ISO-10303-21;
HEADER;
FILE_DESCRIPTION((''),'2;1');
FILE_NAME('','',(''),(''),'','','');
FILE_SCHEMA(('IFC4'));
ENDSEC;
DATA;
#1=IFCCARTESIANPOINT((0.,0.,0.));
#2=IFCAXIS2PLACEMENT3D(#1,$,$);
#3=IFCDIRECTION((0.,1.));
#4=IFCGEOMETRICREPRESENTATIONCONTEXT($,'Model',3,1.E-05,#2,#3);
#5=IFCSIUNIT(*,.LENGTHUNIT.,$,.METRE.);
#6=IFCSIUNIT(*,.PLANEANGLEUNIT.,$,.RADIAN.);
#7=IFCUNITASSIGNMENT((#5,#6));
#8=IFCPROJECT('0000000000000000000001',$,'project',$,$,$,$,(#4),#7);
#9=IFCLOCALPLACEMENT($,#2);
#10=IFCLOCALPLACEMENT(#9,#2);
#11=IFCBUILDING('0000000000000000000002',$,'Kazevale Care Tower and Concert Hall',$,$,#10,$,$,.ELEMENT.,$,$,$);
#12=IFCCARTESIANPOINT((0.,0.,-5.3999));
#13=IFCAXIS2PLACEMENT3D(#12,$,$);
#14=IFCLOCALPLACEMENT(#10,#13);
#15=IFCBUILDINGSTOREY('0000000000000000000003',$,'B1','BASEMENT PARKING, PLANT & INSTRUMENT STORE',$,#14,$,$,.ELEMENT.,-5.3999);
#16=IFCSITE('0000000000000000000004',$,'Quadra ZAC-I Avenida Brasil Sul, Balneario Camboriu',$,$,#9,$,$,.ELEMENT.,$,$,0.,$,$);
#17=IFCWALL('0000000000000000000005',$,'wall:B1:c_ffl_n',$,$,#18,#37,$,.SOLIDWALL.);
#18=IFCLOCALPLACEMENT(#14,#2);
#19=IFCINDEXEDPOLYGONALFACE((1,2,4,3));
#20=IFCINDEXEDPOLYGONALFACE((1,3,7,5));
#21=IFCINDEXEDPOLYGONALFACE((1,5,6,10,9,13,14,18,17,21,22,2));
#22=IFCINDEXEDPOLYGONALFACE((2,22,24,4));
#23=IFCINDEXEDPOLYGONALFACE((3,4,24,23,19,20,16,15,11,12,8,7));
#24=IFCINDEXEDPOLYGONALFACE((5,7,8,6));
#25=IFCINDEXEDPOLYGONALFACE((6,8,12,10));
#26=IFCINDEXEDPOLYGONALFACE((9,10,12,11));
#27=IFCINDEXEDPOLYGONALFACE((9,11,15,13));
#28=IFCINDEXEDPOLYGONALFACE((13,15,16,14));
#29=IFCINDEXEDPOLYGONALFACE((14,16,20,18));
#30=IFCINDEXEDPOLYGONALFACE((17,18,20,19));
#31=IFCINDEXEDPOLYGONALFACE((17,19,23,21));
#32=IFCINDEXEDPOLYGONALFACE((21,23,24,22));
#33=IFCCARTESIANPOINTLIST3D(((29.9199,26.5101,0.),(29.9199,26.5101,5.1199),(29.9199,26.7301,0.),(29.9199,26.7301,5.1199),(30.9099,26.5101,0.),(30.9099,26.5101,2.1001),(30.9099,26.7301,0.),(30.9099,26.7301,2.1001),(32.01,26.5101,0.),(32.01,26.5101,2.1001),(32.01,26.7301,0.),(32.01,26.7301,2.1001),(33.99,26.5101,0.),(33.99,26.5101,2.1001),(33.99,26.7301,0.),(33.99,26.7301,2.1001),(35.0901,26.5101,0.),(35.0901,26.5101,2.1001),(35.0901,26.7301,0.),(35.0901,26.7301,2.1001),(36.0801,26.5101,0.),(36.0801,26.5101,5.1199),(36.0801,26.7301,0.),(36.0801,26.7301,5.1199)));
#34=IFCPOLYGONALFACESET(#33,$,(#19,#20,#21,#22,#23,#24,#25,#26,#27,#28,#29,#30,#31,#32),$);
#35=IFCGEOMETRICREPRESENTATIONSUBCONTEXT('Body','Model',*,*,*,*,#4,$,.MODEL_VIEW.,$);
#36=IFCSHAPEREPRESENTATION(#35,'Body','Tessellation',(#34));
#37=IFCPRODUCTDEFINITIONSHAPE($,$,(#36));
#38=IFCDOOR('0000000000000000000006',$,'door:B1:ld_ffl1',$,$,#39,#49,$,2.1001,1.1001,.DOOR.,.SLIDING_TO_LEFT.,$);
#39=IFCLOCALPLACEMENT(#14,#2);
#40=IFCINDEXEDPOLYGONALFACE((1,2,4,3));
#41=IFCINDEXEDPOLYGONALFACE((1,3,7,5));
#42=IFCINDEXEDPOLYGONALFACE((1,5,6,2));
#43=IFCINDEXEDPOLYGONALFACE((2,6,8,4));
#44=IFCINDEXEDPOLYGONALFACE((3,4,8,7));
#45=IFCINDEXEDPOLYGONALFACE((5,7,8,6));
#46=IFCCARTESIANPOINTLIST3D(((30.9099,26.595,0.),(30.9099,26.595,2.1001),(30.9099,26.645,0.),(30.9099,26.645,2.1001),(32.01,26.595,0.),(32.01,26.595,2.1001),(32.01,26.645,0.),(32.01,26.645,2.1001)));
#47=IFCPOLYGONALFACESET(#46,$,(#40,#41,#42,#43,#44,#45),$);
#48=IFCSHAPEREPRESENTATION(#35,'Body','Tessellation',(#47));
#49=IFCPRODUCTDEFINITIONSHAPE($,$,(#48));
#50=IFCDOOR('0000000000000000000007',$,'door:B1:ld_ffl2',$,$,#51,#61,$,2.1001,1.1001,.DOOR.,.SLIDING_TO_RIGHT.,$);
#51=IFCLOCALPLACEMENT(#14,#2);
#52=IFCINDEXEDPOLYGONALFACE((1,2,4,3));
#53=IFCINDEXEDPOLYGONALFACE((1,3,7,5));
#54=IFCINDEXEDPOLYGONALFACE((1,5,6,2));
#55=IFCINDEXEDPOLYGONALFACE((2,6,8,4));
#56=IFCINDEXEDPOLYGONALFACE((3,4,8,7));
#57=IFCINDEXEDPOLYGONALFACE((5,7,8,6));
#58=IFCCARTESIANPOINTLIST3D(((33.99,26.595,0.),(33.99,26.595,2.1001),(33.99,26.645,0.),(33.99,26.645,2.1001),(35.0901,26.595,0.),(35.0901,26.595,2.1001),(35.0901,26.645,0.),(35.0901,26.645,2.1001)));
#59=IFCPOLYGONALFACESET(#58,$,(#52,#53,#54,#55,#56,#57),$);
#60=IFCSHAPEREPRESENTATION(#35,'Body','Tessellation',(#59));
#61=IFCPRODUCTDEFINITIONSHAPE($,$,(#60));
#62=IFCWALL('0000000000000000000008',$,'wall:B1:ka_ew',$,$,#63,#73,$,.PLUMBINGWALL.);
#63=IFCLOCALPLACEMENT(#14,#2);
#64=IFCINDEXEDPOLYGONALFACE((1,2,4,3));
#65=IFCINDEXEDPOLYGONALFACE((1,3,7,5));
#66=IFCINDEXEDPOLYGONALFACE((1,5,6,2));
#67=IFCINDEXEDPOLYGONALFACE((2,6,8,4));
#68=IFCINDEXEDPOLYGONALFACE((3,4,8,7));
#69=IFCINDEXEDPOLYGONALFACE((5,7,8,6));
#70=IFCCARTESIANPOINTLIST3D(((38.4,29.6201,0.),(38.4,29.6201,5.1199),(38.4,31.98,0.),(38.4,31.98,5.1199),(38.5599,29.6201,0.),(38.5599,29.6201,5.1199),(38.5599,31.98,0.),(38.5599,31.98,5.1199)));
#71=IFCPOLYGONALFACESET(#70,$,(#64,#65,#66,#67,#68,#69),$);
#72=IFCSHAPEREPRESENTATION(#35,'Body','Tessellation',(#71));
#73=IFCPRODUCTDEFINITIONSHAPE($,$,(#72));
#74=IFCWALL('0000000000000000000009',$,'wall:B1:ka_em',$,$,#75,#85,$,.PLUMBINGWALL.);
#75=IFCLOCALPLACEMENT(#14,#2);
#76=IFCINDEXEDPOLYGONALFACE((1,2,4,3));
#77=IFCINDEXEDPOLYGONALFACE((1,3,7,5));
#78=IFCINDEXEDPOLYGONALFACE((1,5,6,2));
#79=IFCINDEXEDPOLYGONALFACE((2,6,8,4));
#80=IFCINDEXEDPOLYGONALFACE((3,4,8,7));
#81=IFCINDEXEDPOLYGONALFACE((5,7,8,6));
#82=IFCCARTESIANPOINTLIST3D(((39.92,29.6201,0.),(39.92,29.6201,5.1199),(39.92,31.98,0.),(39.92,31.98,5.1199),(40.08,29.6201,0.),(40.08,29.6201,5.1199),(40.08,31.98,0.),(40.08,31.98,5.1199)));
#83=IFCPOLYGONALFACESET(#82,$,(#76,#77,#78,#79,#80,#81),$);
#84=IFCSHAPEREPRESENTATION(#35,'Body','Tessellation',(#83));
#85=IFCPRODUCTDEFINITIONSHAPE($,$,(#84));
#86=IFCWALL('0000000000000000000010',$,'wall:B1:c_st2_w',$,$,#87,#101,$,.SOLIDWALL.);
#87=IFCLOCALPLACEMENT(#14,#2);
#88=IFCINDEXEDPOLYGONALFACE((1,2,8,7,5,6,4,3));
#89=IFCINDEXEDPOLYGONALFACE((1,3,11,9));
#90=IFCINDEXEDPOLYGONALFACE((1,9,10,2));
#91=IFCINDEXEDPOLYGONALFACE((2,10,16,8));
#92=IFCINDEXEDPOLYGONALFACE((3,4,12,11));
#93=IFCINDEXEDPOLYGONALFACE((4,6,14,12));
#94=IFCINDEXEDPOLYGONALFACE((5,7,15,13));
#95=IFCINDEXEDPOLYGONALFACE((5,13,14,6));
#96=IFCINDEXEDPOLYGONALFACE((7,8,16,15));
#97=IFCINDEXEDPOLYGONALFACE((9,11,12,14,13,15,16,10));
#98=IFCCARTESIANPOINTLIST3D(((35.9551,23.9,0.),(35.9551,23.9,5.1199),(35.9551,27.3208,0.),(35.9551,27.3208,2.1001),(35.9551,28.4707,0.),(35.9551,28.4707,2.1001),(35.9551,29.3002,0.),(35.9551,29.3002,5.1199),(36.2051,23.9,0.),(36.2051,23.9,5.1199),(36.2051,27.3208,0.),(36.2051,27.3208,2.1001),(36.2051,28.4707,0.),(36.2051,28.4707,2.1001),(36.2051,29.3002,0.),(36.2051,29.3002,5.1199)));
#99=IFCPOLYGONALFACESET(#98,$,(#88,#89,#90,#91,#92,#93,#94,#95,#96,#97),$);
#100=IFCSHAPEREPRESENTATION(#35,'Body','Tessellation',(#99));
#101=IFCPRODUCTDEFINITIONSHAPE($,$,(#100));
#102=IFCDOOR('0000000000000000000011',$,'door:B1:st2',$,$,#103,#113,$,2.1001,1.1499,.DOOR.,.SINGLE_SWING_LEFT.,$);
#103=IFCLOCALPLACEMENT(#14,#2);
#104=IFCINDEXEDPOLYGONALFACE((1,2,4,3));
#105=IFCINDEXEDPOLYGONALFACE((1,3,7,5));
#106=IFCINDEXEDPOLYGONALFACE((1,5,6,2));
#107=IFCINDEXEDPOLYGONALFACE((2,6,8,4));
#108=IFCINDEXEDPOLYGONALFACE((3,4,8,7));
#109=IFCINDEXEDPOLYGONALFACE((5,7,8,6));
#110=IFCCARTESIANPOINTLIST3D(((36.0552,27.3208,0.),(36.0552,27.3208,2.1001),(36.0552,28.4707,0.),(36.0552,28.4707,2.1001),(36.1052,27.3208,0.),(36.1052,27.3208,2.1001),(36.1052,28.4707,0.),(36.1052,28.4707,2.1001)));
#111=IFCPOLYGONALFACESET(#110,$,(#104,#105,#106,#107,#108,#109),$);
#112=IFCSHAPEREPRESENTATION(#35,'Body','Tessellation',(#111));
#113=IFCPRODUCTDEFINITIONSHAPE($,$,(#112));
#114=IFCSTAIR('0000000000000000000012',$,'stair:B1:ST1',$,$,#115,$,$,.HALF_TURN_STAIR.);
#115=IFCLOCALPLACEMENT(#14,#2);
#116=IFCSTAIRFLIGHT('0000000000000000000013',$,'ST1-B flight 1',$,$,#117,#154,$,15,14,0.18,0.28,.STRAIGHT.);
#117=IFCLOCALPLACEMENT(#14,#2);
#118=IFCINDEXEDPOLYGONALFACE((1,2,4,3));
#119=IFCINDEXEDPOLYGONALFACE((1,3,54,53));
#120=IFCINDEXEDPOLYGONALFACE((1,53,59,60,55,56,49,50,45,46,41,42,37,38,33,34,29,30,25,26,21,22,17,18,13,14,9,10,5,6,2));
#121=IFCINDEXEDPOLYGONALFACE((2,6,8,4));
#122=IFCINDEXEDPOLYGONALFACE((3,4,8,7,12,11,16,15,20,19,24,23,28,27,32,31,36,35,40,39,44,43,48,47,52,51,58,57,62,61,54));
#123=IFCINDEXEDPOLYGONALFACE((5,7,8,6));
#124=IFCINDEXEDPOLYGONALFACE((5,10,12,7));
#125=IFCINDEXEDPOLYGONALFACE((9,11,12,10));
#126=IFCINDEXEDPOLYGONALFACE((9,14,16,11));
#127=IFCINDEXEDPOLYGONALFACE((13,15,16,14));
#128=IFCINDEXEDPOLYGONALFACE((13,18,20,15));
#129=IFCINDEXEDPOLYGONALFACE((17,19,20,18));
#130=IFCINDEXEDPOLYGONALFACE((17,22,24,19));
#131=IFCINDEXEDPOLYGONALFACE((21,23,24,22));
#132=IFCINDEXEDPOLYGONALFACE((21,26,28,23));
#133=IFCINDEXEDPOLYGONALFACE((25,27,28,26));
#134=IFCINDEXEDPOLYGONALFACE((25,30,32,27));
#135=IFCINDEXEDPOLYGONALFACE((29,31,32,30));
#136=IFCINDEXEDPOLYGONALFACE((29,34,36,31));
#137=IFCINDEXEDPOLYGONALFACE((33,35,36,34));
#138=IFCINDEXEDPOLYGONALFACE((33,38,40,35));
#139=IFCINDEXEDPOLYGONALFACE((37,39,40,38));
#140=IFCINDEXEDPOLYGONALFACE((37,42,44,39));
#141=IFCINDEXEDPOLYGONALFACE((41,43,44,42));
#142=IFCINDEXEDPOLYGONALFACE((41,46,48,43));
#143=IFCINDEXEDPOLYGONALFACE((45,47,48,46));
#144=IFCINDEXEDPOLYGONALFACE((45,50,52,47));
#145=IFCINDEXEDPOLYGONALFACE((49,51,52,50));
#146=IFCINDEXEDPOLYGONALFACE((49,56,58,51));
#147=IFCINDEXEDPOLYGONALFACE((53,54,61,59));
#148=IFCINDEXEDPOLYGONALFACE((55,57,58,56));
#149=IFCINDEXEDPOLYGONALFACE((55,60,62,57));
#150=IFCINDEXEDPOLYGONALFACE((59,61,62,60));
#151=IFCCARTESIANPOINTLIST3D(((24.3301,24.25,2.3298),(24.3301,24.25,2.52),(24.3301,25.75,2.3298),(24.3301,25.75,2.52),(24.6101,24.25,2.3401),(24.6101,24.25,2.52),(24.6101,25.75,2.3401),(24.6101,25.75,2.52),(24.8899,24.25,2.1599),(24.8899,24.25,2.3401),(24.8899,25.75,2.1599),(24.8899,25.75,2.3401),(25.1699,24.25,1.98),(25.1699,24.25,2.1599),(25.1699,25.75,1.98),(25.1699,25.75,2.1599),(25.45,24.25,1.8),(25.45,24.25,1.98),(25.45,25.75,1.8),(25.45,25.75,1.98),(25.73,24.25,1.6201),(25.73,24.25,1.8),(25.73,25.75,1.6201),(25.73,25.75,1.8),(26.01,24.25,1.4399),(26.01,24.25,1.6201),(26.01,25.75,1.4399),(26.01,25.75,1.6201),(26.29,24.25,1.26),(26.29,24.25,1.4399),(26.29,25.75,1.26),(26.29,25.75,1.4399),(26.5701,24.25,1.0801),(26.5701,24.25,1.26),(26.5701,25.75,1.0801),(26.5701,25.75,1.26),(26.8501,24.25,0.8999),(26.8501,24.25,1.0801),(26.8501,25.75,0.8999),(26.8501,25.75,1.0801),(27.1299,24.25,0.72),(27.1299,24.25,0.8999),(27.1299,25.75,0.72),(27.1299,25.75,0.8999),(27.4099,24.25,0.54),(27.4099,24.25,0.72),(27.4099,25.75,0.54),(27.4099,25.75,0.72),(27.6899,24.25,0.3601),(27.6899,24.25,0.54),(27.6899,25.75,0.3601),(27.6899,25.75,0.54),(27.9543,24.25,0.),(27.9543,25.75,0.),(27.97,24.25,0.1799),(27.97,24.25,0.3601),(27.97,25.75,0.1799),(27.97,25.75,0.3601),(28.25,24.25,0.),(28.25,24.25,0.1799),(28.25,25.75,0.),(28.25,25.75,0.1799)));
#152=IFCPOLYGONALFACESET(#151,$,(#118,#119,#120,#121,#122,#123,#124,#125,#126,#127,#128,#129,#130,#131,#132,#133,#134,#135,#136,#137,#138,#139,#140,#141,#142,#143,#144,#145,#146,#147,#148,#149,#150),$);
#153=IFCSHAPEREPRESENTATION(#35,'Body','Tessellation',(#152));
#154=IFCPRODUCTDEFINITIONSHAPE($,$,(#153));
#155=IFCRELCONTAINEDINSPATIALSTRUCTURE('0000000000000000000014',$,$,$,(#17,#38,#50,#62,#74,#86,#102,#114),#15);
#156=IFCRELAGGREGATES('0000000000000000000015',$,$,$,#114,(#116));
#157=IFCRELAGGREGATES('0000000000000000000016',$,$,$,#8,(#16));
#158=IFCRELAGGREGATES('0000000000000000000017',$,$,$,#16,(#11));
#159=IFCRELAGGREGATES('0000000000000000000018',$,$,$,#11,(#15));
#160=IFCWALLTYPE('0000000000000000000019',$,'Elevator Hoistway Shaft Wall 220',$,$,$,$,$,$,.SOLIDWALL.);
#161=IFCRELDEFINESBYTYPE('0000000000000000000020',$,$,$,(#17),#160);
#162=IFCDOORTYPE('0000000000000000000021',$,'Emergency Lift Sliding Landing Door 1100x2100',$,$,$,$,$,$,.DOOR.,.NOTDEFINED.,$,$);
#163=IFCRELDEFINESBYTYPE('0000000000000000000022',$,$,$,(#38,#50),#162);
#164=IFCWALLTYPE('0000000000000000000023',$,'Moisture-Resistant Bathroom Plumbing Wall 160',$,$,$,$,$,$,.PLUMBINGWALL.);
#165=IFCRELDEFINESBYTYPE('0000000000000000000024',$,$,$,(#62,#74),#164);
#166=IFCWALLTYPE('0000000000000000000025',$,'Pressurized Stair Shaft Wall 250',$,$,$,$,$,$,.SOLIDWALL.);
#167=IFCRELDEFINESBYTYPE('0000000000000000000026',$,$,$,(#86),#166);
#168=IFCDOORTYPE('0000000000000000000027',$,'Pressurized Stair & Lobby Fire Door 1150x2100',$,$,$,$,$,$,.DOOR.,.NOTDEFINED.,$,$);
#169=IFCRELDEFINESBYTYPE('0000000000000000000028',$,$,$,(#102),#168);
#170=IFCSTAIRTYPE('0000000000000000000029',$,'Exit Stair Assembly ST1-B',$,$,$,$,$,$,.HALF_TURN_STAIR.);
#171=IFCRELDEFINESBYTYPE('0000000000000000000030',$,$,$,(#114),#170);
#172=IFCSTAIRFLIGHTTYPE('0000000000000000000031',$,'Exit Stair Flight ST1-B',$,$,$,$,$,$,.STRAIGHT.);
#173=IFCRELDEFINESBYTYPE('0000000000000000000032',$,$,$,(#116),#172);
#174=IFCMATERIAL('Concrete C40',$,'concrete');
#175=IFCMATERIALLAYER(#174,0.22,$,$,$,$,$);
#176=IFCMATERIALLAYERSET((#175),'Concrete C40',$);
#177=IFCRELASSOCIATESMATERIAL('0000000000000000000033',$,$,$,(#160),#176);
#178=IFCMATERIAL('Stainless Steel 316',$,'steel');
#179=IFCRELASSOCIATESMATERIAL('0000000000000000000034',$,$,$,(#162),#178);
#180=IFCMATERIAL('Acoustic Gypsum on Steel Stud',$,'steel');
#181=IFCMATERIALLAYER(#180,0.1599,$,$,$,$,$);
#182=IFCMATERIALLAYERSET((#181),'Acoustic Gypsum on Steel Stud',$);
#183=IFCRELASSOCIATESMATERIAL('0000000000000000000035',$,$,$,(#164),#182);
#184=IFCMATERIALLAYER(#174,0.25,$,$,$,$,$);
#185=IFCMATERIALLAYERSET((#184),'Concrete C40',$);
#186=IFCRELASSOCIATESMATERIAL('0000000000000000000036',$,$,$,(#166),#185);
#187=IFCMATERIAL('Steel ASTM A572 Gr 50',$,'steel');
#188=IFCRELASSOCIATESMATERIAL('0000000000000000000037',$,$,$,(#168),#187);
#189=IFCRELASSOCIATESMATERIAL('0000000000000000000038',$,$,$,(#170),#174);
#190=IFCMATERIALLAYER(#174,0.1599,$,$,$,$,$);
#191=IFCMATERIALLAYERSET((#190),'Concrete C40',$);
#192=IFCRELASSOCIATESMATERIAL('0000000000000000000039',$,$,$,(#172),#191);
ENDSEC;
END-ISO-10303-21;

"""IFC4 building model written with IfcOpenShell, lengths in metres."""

from ifc_helpers import new_model, si_unit, direction, frame, frame_2d, origin, place, context, subcontext, project, spatial, polyline, rectangle, outline, extrude, material, layer, layer_set, type_object, element, fill, aggregate, save


model = new_model("IFC4")

# Units and contexts
model_context = context("Model", 3, precision=1e-05, world=origin(), true_north=direction((0.0, 1.0)))
body_context = subcontext(model_context, "Body", "Model", "MODEL_VIEW")
ifc_project = project(units=[si_unit("LENGTHUNIT", "METRE"), si_unit("PLANEANGLEUNIT", "RADIAN")], contexts=[model_context])

# Site, building, storey
site_placement = place(None, origin())
site = spatial("IfcSite", under=ifc_project, at=site_placement, Name="Quadra ZAC-I Avenida Brasil Sul, Balneario Camboriu", CompositionType="ELEMENT", RefElevation=0.0)
building_placement = place(site_placement, origin())
building = spatial("IfcBuilding", under=site, at=building_placement, Name="Kazevale Care Tower and Concert Hall", CompositionType="ELEMENT")
storey_placement = place(building_placement, frame((0.0, 0.0, -5.3999)))
storey = spatial("IfcBuildingStorey", under=building, at=storey_placement, Name="B1", Description="BASEMENT PARKING, PLANT & INSTRUMENT STORE", CompositionType="ELEMENT", Elevation=-5.3999)

# Shared definitions
ifc_material_1 = material(Name="Acoustic Gypsum on Steel Stud", Category="steel")

# Wall, openings, doors
ifc_material_2 = material(Name="Concrete C40", Category="concrete")
ifc_layer_1 = layer(ifc_material_2, 0.22)
ifc_layer_set_1 = layer_set([ifc_layer_1], Name="Concrete C40")
wall_type_1 = type_object("IfcWallType", Name="Elevator Hoistway Shaft Wall 220", PredefinedType="SOLIDWALL", material=ifc_layer_set_1)
wall_1_placement = place(storey_placement, frame((29.9199, 26.6201, 0.0), z_axis=(0.0, 0.0, 1.0), x_axis=(1.0, 0.0, 0.0)))
wall_1 = element("IfcWall", 1, at=wall_1_placement, inside=storey, type_object=wall_type_1, Name="wall:B1:c_ffl_n", PredefinedType="SOLIDWALL", context=body_context, shape_type="SweptSolid", body=[
    extrude(rectangle(XDim=6.1602, YDim=0.22, at=frame_2d((3.0801, 0.0))), origin(), (0.0, 0.0, 1.0), 5.1199),
])
opening_1_placement = place(wall_1_placement, frame((0.99, 0.0, 0.0)))
opening_1 = element("IfcOpeningElement", 2, at=opening_1_placement, cuts=wall_1, PredefinedType="OPENING", context=body_context, shape_type="SweptSolid", body=[
    extrude(rectangle(XDim=1.1001, YDim=2.1001, at=frame_2d((0.55, 1.05))), frame((0.0, 0.1199, 0.0), z_axis=(0.0, -1.0, 0.0), x_axis=(1.0, 0.0, 0.0)), (0.0, 0.0, 1.0), 0.24),
])
opening_2_placement = place(wall_1_placement, frame((4.0701, 0.0, 0.0)))
opening_2 = element("IfcOpeningElement", 3, at=opening_2_placement, cuts=wall_1, PredefinedType="OPENING", context=body_context, shape_type="SweptSolid", body=[
    extrude(rectangle(XDim=1.1001, YDim=2.1001, at=frame_2d((0.55, 1.05))), frame((0.0, 0.1199, 0.0), z_axis=(0.0, -1.0, 0.0), x_axis=(1.0, 0.0, 0.0)), (0.0, 0.0, 1.0), 0.24),
])
ifc_material_3 = material(Name="Stainless Steel 316", Category="steel")
door_type_1 = type_object("IfcDoorType", Name="Emergency Lift Sliding Landing Door 1100x2100", OperationType="NOTDEFINED", PredefinedType="DOOR", material=ifc_material_3)
door_1_placement = place(opening_1_placement, origin())
door_1 = element("IfcDoor", 4, at=door_1_placement, inside=storey, type_object=door_type_1, Name="door:B1:ld_ffl1", OperationType="SLIDING_TO_LEFT", OverallHeight=2.1001, OverallWidth=1.1001, PredefinedType="DOOR", context=body_context, shape_type="SweptSolid", body=[
    extrude(rectangle(XDim=1.1001, YDim=2.1001, at=frame_2d((0.55, 1.05))), frame((0.0, 0.0249, 0.0), z_axis=(0.0, -1.0, 0.0), x_axis=(1.0, 0.0, 0.0)), (0.0, 0.0, 1.0), 0.05),
])
fill(opening_1, door_1)
door_2_placement = place(opening_2_placement, origin())
door_2 = element("IfcDoor", 5, at=door_2_placement, inside=storey, type_object=door_type_1, Name="door:B1:ld_ffl2", OperationType="SLIDING_TO_RIGHT", OverallHeight=2.1001, OverallWidth=1.1001, PredefinedType="DOOR", context=body_context, shape_type="SweptSolid", body=[
    extrude(rectangle(XDim=1.1001, YDim=2.1001, at=frame_2d((0.55, 1.05))), frame((0.0, 0.0249, 0.0), z_axis=(0.0, -1.0, 0.0), x_axis=(1.0, 0.0, 0.0)), (0.0, 0.0, 1.0), 0.05),
])
fill(opening_2, door_2)

# Walls
ifc_layer_2 = layer(ifc_material_1, 0.1599)
ifc_layer_set_2 = layer_set([ifc_layer_2], Name="Acoustic Gypsum on Steel Stud")
wall_type_2 = type_object("IfcWallType", Name="Moisture-Resistant Bathroom Plumbing Wall 160", PredefinedType="PLUMBINGWALL", material=ifc_layer_set_2)
for number, where, z_axis, x_axis, name in (
    (6, (38.48, 29.6201, 0.0), (0.0, 0.0, 1.0), (0.0, 1.0, 0.0), "wall:B1:ka_ew"),
    (7, (40.0, 29.6201, 0.0), (0.0, 0.0, 1.0), (0.0, 1.0, 0.0), "wall:B1:ka_em"),
):
    element("IfcWall", number, at=place(storey_placement, frame(where, z_axis=z_axis, x_axis=x_axis)), inside=storey, type_object=wall_type_2, Name=name, PredefinedType="PLUMBINGWALL", context=body_context, shape_type="SweptSolid", body=[
        extrude(rectangle(XDim=2.3599, YDim=0.1599, at=frame_2d((1.1799, 0.0))), origin(), (0.0, 0.0, 1.0), 5.1199),
    ])

# Wall, opening, door
ifc_layer_3 = layer(ifc_material_2, 0.25)
ifc_layer_set_3 = layer_set([ifc_layer_3], Name="Concrete C40")
wall_type_3 = type_object("IfcWallType", Name="Pressurized Stair Shaft Wall 250", PredefinedType="SOLIDWALL", material=ifc_layer_set_3)
wall_2_placement = place(storey_placement, frame((36.0801, 23.8999, 0.0), z_axis=(0.0, 0.0, 1.0), x_axis=(0.0, 1.0, 0.0)))
wall_2 = element("IfcWall", 8, at=wall_2_placement, inside=storey, type_object=wall_type_3, Name="wall:B1:c_st2_w", PredefinedType="SOLIDWALL", context=body_context, shape_type="SweptSolid", body=[
    extrude(rectangle(XDim=5.4001, YDim=0.25, at=frame_2d((2.7002, 0.0))), origin(), (0.0, 0.0, 1.0), 5.1199),
])
opening_3_placement = place(wall_2_placement, frame((3.4209, 0.0, 0.0)))
opening_3 = element("IfcOpeningElement", 9, at=opening_3_placement, cuts=wall_2, PredefinedType="OPENING", context=body_context, shape_type="SweptSolid", body=[
    extrude(rectangle(XDim=1.1499, YDim=2.1001, at=frame_2d((0.575, 1.05))), frame((0.0, 0.135, 0.0), z_axis=(0.0, -1.0, 0.0), x_axis=(1.0, 0.0, 0.0)), (0.0, 0.0, 1.0), 0.27),
])
ifc_material_4 = material(Name="Steel ASTM A572 Gr 50", Category="steel")
door_type_2 = type_object("IfcDoorType", Name="Pressurized Stair & Lobby Fire Door 1150x2100", OperationType="NOTDEFINED", PredefinedType="DOOR", material=ifc_material_4)
door_3_placement = place(opening_3_placement, origin())
door_3 = element("IfcDoor", 10, at=door_3_placement, inside=storey, type_object=door_type_2, Name="door:B1:st2", OperationType="SINGLE_SWING_LEFT", OverallHeight=2.1001, OverallWidth=1.1499, PredefinedType="DOOR", context=body_context, shape_type="SweptSolid", body=[
    extrude(rectangle(XDim=1.1499, YDim=2.1001, at=frame_2d((0.575, 1.05))), frame((0.0, 0.0249, 0.0), z_axis=(0.0, -1.0, 0.0), x_axis=(1.0, 0.0, 0.0)), (0.0, 0.0, 1.0), 0.05),
])
fill(opening_3, door_3)

# Stair, stair flight
stair_type = type_object("IfcStairType", Name="Exit Stair Assembly ST1-B", PredefinedType="HALF_TURN_STAIR", material=ifc_material_2)
stair_1_placement = place(storey_placement, origin())
stair_1 = element("IfcStair", 11, at=stair_1_placement, inside=storey, type_object=stair_type, Name="stair:B1:ST1", PredefinedType="HALF_TURN_STAIR")
ifc_layer_4 = layer(ifc_material_2, 0.1599)
ifc_layer_set_4 = layer_set([ifc_layer_4], Name="Concrete C40")
stair_flight_type = type_object("IfcStairFlightType", Name="Exit Stair Flight ST1-B", PredefinedType="STRAIGHT", material=ifc_layer_set_4)
stair_flight_1_placement = place(storey_placement, frame((28.25, 25.0, 0.0), z_axis=(0.0, 0.0, 1.0), x_axis=(-1.0, 0.0, 0.0)))
stair_flight_1 = element("IfcStairFlight", 12, at=stair_flight_1_placement, type_object=stair_flight_type, Name="ST1-B flight 1", NumberOfRisers=15, NumberOfTreads=14, PredefinedType="STRAIGHT", RiserHeight=0.18, TreadLength=0.28, context=body_context, shape_type="SweptSolid", body=[
    extrude(outline(polyline([(0.0, 0.0), (0.0, 0.1799), (0.28, 0.1799), (0.28, 0.3601), (0.5601, 0.3601), (0.5601, 0.54), (0.8401, 0.54), (0.8401, 0.72), (1.1201, 0.72), (1.1201, 0.8999), (1.3999, 0.8999), (1.3999, 1.0801), (1.6799, 1.0801), (1.6799, 1.26), (1.96, 1.26), (1.96, 1.4399), (2.24, 1.4399), (2.24, 1.6201), (2.52, 1.6201), (2.52, 1.8), (2.8, 1.8), (2.8, 1.98), (3.0801, 1.98), (3.0801, 2.1599), (3.3601, 2.1599), (3.3601, 2.3401), (3.6399, 2.3401), (3.6399, 2.52), (3.9199, 2.52), (3.9199, 2.7), (3.9199, 2.3298), (0.2957, 0.0), (0.0, 0.0)])), frame((0.0, 0.75, 0.0), z_axis=(0.0, -1.0, 0.0), x_axis=(1.0, 0.0, 0.0)), (0.0, 0.0, 1.0), 1.5),
])
aggregate(stair_1, [stair_flight_1])

save(model, "model.ifc")
